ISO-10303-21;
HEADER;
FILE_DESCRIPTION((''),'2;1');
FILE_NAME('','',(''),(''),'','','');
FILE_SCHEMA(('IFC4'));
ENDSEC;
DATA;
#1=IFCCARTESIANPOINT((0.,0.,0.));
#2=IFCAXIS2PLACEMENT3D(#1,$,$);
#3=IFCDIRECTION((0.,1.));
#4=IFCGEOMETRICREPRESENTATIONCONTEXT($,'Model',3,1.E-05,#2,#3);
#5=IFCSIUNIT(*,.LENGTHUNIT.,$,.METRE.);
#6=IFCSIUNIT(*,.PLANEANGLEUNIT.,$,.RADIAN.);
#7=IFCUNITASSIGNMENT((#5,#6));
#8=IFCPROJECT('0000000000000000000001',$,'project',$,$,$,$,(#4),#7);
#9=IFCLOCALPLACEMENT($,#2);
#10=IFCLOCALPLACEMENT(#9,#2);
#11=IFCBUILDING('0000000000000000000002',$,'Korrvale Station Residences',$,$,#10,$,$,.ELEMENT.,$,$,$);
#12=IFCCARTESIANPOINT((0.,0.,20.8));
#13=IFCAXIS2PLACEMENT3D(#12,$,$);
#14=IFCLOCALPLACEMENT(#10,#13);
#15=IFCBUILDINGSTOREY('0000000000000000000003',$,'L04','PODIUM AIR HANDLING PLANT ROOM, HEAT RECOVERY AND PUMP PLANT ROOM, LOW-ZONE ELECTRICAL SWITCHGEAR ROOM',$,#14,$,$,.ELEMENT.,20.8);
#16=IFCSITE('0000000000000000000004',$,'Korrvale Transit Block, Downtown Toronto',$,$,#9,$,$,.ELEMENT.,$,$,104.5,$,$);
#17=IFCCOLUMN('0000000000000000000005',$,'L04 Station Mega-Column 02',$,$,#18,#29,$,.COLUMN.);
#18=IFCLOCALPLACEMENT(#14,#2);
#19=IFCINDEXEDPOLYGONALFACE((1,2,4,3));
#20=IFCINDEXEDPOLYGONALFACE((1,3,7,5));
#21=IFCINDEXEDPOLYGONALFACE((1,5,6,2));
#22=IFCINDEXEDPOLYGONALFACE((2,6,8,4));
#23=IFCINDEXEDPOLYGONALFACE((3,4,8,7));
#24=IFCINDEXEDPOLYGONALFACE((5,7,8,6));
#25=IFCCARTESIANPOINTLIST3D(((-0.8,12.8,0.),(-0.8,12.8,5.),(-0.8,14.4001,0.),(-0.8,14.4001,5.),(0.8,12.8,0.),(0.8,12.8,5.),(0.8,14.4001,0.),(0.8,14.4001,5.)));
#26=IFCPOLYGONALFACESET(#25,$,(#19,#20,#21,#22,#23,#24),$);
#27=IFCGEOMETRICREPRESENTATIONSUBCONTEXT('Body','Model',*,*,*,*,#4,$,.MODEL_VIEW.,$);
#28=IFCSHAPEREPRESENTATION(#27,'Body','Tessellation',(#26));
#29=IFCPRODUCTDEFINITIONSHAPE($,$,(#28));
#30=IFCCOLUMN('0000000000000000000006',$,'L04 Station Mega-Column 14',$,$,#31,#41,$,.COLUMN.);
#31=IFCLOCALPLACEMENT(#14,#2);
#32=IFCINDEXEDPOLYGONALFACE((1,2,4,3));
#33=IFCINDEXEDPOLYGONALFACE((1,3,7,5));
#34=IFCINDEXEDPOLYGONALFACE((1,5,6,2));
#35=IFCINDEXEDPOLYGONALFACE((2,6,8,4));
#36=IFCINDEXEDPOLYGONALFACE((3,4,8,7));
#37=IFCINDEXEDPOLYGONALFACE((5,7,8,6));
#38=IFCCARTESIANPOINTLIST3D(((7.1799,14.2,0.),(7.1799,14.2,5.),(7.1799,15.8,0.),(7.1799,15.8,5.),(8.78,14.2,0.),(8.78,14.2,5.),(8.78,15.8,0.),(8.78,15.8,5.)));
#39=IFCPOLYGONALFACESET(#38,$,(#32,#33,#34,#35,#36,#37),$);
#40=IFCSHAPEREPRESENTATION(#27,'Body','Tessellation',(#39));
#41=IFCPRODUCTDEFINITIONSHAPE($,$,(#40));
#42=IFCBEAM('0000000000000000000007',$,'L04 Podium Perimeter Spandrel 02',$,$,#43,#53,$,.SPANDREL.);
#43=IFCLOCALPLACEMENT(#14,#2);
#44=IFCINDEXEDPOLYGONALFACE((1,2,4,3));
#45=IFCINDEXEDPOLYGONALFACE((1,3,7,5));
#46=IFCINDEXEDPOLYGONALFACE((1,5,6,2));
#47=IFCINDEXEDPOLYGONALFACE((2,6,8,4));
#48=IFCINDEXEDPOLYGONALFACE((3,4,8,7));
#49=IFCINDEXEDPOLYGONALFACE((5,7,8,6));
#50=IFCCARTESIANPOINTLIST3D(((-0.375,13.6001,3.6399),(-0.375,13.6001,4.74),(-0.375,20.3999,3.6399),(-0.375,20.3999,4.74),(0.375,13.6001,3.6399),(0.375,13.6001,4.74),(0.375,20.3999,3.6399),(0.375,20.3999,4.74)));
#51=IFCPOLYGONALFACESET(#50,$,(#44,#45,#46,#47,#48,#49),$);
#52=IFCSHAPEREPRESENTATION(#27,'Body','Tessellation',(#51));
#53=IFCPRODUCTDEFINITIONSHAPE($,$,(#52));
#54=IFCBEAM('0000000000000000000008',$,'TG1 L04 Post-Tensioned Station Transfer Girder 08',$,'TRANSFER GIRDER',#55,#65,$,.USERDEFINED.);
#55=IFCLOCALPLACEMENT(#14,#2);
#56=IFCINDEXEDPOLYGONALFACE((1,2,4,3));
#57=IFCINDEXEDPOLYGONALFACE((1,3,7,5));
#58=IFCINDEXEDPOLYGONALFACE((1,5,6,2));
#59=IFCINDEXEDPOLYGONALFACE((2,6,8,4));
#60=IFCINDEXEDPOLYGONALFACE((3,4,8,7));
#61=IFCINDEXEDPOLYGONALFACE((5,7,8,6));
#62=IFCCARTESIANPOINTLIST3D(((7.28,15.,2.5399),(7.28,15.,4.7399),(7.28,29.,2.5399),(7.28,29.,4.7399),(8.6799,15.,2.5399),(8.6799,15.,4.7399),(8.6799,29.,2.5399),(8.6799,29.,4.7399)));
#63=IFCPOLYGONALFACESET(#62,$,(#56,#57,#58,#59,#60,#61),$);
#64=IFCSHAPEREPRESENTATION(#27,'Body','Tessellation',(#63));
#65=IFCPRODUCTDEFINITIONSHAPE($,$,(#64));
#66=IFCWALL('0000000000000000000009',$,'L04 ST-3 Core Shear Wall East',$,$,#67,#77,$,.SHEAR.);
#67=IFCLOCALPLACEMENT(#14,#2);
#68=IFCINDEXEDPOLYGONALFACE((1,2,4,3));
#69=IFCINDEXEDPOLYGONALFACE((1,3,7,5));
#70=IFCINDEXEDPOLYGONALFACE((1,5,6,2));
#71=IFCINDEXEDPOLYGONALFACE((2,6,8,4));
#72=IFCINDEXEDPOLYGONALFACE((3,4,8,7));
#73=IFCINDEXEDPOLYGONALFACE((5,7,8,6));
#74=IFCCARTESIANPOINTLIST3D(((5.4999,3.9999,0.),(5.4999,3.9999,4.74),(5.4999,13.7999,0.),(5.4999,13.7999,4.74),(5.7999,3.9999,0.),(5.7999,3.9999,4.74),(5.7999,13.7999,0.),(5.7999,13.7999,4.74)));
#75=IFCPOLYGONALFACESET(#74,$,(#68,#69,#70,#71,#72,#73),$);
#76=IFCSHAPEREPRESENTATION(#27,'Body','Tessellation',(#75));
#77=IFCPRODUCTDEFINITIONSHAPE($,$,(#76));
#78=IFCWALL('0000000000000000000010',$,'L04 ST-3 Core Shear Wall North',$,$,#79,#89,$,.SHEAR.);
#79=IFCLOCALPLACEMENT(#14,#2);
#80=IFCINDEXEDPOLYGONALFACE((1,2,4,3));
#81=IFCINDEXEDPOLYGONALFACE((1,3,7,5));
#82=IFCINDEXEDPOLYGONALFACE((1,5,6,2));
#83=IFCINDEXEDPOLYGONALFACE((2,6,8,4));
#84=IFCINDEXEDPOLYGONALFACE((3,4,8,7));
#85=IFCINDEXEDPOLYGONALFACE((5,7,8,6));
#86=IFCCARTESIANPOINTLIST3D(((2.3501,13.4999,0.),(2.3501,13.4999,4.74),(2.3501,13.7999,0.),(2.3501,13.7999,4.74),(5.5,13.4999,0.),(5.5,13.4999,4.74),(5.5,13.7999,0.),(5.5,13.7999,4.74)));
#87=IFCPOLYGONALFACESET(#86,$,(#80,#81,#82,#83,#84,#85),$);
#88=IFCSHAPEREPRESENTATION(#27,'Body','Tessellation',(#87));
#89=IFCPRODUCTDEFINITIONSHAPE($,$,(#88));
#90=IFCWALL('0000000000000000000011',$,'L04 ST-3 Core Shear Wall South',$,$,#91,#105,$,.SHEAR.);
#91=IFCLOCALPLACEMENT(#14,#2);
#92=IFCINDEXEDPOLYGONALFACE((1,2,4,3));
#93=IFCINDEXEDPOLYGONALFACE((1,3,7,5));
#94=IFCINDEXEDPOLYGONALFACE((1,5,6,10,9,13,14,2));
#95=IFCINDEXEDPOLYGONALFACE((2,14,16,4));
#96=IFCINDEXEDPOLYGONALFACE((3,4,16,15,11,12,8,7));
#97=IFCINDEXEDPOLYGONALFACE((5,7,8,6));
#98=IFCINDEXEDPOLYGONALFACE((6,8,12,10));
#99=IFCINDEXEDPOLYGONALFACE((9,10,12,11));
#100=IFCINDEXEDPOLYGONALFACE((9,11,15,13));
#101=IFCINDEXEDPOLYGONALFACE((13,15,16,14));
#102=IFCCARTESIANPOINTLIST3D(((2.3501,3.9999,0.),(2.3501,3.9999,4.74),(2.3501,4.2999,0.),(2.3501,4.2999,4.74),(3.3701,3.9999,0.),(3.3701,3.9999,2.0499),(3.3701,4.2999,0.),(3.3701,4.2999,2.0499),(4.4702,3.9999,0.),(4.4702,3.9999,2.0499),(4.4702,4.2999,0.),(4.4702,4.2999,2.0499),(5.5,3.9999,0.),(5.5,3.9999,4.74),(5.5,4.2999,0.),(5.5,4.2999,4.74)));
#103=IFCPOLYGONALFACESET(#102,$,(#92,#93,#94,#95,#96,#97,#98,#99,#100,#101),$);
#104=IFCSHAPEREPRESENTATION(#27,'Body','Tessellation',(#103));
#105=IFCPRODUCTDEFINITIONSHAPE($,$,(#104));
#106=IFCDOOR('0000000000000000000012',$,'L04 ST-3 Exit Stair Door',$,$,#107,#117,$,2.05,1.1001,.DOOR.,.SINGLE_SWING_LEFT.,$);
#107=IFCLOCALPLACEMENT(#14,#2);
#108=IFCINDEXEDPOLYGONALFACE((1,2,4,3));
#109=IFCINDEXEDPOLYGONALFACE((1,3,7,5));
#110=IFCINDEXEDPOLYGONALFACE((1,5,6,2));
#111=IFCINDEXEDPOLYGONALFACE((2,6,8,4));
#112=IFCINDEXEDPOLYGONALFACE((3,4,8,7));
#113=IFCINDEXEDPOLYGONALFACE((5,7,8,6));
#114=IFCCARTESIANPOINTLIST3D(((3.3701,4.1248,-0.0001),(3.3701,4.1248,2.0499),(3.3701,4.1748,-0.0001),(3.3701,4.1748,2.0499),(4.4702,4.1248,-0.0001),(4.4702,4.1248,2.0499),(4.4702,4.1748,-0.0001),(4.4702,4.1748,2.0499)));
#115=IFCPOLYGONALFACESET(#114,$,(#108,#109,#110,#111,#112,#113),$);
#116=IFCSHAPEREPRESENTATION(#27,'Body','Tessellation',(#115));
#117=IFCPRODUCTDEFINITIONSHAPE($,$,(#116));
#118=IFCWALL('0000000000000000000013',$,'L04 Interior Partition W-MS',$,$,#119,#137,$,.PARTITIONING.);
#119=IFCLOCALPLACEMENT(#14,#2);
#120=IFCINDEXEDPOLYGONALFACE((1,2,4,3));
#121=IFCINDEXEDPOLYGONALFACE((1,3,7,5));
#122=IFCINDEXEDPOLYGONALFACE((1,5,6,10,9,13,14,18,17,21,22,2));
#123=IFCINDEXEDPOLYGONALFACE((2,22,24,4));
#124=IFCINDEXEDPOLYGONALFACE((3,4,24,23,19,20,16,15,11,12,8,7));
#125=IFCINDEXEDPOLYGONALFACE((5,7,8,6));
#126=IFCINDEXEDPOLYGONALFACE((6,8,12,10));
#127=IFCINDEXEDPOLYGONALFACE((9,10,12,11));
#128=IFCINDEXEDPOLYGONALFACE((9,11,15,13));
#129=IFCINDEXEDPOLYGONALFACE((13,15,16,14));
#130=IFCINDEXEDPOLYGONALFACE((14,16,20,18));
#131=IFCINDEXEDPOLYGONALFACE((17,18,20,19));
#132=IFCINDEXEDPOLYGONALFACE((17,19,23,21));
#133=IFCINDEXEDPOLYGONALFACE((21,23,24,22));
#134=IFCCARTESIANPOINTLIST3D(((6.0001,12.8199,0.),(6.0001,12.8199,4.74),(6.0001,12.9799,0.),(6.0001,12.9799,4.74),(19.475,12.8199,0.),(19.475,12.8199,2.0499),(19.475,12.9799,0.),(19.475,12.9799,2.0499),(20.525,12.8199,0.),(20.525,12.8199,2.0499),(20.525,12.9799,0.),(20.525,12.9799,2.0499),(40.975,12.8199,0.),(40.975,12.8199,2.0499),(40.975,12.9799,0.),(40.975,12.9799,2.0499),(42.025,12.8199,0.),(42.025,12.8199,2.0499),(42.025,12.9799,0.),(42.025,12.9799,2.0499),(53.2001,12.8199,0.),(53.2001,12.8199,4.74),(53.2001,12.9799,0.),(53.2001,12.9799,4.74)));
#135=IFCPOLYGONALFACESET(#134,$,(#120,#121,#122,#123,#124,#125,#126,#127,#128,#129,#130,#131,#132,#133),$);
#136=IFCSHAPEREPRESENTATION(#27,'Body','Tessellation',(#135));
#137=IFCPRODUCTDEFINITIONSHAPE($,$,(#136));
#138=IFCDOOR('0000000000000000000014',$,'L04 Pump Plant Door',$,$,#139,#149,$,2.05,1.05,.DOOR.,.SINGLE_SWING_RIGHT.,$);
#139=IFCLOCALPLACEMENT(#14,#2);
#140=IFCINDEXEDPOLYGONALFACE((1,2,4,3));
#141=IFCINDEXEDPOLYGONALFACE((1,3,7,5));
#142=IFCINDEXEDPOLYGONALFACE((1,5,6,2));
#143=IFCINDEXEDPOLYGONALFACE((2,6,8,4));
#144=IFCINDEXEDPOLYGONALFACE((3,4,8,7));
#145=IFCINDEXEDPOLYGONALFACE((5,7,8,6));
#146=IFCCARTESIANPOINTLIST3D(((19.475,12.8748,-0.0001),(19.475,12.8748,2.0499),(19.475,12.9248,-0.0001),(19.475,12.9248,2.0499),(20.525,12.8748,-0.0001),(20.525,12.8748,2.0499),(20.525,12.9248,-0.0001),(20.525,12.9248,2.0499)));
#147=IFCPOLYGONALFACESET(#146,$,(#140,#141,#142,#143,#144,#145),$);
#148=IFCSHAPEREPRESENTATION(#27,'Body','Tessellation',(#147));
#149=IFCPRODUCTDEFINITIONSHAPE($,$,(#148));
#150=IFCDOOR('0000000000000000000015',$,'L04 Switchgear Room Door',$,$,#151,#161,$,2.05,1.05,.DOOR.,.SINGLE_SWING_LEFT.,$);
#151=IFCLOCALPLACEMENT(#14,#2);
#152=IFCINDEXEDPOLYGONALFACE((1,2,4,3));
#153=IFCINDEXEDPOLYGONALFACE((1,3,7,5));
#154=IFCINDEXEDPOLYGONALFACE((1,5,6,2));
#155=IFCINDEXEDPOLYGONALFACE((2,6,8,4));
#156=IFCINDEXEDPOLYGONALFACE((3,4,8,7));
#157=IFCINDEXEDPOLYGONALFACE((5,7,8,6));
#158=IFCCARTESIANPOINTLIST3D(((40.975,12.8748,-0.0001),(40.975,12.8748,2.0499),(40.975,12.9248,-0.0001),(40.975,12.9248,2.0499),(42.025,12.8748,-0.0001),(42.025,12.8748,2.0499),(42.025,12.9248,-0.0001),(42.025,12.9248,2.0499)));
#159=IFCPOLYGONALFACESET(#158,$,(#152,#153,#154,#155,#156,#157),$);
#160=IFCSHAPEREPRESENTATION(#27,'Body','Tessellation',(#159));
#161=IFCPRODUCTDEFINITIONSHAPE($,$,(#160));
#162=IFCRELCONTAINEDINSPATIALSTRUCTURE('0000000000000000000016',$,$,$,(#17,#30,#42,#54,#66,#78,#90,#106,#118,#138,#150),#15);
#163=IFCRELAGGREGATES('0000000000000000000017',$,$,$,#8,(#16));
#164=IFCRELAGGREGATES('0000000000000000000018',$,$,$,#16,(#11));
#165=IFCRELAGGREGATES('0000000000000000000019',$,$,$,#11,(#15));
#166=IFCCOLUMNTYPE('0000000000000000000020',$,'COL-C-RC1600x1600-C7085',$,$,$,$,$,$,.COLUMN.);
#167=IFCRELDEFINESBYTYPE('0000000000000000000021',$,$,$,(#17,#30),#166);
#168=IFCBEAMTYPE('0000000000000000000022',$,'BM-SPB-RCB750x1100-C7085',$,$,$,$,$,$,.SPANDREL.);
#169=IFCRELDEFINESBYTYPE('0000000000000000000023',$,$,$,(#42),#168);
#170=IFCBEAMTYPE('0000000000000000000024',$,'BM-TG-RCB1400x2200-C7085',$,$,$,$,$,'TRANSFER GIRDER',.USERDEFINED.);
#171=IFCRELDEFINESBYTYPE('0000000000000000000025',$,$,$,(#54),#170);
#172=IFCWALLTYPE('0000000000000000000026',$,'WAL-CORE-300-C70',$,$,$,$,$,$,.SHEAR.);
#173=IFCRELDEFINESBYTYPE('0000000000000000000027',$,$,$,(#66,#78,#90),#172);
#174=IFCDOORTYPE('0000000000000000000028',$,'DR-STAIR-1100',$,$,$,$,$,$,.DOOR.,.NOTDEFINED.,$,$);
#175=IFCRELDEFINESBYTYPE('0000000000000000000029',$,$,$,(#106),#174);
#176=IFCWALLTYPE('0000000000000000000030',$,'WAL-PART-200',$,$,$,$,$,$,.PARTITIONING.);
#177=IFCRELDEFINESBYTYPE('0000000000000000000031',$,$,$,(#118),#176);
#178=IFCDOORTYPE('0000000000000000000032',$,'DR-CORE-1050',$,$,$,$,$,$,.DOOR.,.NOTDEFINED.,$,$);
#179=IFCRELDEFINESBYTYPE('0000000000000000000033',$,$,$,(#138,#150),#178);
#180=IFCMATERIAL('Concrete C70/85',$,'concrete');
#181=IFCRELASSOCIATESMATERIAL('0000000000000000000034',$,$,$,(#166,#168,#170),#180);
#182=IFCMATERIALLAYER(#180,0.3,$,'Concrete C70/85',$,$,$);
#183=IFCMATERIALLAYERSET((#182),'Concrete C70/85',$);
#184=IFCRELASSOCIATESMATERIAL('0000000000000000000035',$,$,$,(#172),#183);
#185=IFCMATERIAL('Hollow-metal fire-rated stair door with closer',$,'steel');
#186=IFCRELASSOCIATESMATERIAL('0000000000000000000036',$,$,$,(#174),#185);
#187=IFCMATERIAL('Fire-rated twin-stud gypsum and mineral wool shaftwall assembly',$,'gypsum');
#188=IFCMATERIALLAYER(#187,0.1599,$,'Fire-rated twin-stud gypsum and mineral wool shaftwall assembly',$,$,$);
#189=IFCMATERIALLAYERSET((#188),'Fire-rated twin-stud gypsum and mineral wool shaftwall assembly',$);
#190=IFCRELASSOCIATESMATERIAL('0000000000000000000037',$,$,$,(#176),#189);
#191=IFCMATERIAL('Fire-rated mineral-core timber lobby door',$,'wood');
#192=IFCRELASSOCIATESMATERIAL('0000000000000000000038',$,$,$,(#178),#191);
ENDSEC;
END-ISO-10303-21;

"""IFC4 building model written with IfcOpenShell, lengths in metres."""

from ifc_helpers import new_model, si_unit, direction, frame, frame_2d, origin, origin_2d, place, context, subcontext, project, spatial, rectangle, extrude, material, layer, layer_set, material_profile, profile_set, type_object, element, fill, save


model = new_model("IFC4")

# Units and contexts
model_context = context("Model", 3, precision=1e-05, world=origin(), true_north=direction((0.0, 1.0)))
body_context = subcontext(model_context, "Body", "Model", "MODEL_VIEW")
ifc_project = project(units=[si_unit("LENGTHUNIT", "METRE"), si_unit("PLANEANGLEUNIT", "RADIAN")], contexts=[model_context])

# Site, building, storey
site_placement = place(None, origin())
site = spatial("IfcSite", under=ifc_project, at=site_placement, Name="Korrvale Transit Block, Downtown Toronto", CompositionType="ELEMENT", RefElevation=104.5)
building_placement = place(site_placement, origin())
building = spatial("IfcBuilding", under=site, at=building_placement, Name="Korrvale Station Residences", CompositionType="ELEMENT")
storey_placement = place(building_placement, frame((0.0, 0.0, 20.8)))
storey = spatial("IfcBuildingStorey", under=building, at=storey_placement, Name="L04", Description="PODIUM AIR HANDLING PLANT ROOM, HEAT RECOVERY AND PUMP PLANT ROOM, LOW-ZONE ELECTRICAL SWITCHGEAR ROOM", CompositionType="ELEMENT", Elevation=20.8)

# Columns
ifc_material_1 = material(Name="Concrete C70/85", Category="concrete")
ifc_material_profile_1 = material_profile(ifc_material_1, rectangle(XDim=1.6001, YDim=1.6001, at=origin_2d()), Name="RC1600x1600")
ifc_profile_set_1 = profile_set([ifc_material_profile_1], Name="Concrete C70/85")
column_type = type_object("IfcColumnType", Name="COL-C-RC1600x1600-C7085", PredefinedType="COLUMN", material=ifc_profile_set_1)
for number, where, z_axis, x_axis, name in (
    (1, (0.0, 13.6001, 0.0), (0.0, 0.0, 1.0), (1.0, 0.0, 0.0), "L04 Station Mega-Column 02"),
    (2, (7.98, 15.0, 0.0), (0.0, 0.0, 1.0), (1.0, 0.0, 0.0), "L04 Station Mega-Column 14"),
):
    element("IfcColumn", number, at=place(storey_placement, frame(where, z_axis=z_axis, x_axis=x_axis)), inside=storey, type_object=column_type, Name=name, PredefinedType="COLUMN", context=body_context, shape_type="SweptSolid", body=[
        extrude(rectangle(XDim=1.6001, YDim=1.6001, at=origin_2d()), origin(), (0.0, 0.0, 1.0), 5.0),
    ])

# Beams
ifc_material_profile_2 = material_profile(ifc_material_1, rectangle(XDim=0.75, YDim=1.1001, at=origin_2d()), Name="RCB750x1100")
ifc_profile_set_2 = profile_set([ifc_material_profile_2], Name="Concrete C70/85")
beam_type_1 = type_object("IfcBeamType", Name="BM-SPB-RCB750x1100-C7085", PredefinedType="SPANDREL", material=ifc_profile_set_2)
beam_1_placement = place(storey_placement, frame((0.0, 13.6001, 4.1899), z_axis=(0.0, 1.0, 0.0), x_axis=(-1.0, 0.0, 0.0)))
element("IfcBeam", 3, at=beam_1_placement, inside=storey, type_object=beam_type_1, Name="L04 Podium Perimeter Spandrel 02", PredefinedType="SPANDREL", context=body_context, shape_type="SweptSolid", body=[
    extrude(rectangle(XDim=0.75, YDim=1.1001, at=origin_2d()), origin(), (0.0, 0.0, 1.0), 6.7998),
])
ifc_material_profile_3 = material_profile(ifc_material_1, rectangle(XDim=1.3999, YDim=2.2, at=origin_2d()), Name="RCB1400x2200")
ifc_profile_set_3 = profile_set([ifc_material_profile_3], Name="Concrete C70/85")
beam_type_2 = type_object("IfcBeamType", Name="BM-TG-RCB1400x2200-C7085", ElementType="TRANSFER GIRDER", PredefinedType="USERDEFINED", material=ifc_profile_set_3)
beam_2_placement = place(storey_placement, frame((7.98, 15.0, 3.6399), z_axis=(0.0, 1.0, 0.0), x_axis=(-1.0, 0.0, 0.0)))
element("IfcBeam", 4, at=beam_2_placement, inside=storey, type_object=beam_type_2, Name="TG1 L04 Post-Tensioned Station Transfer Girder 08", ObjectType="TRANSFER GIRDER", PredefinedType="USERDEFINED", context=body_context, shape_type="SweptSolid", body=[
    extrude(rectangle(XDim=1.3999, YDim=2.2, at=origin_2d()), origin(), (0.0, 0.0, 1.0), 14.0),
])

# Walls
ifc_layer_1 = layer(ifc_material_1, 0.3, Name="Concrete C70/85")
ifc_layer_set_1 = layer_set([ifc_layer_1], Name="Concrete C70/85")
wall_type_1 = type_object("IfcWallType", Name="WAL-CORE-300-C70", PredefinedType="SHEAR", material=ifc_layer_set_1)
wall_1_placement = place(storey_placement, frame((5.6499, 4.0, 0.0), z_axis=(0.0, 0.0, 1.0), x_axis=(0.0, 1.0, 0.0)))
element("IfcWall", 5, at=wall_1_placement, inside=storey, type_object=wall_type_1, Name="L04 ST-3 Core Shear Wall East", PredefinedType="SHEAR", context=body_context, shape_type="SweptSolid", body=[
    extrude(rectangle(XDim=9.8, YDim=0.3, at=frame_2d((4.8999, 0.0))), origin(), (0.0, 0.0, 1.0), 4.74),
])
wall_2_placement = place(storey_placement, frame((2.3501, 13.6499, 0.0), z_axis=(0.0, 0.0, 1.0), x_axis=(1.0, 0.0, 0.0)))
element("IfcWall", 6, at=wall_2_placement, inside=storey, type_object=wall_type_1, Name="L04 ST-3 Core Shear Wall North", PredefinedType="SHEAR", context=body_context, shape_type="SweptSolid", body=[
    extrude(rectangle(XDim=3.1499, YDim=0.3, at=frame_2d((1.575, 0.0))), origin(), (0.0, 0.0, 1.0), 4.74),
])

# Wall, opening, door
wall_3_placement = place(storey_placement, frame((2.3501, 4.1499, 0.0), z_axis=(0.0, 0.0, 1.0), x_axis=(1.0, 0.0, 0.0)))
wall_3 = element("IfcWall", 7, at=wall_3_placement, inside=storey, type_object=wall_type_1, Name="L04 ST-3 Core Shear Wall South", PredefinedType="SHEAR", context=body_context, shape_type="SweptSolid", body=[
    extrude(rectangle(XDim=3.1499, YDim=0.3, at=frame_2d((1.575, 0.0))), origin(), (0.0, 0.0, 1.0), 4.74),
])
opening_1_placement = place(wall_3_placement, frame((1.02, 0.0, 0.0)))
opening_1 = element("IfcOpeningElement", 8, at=opening_1_placement, cuts=wall_3, PredefinedType="OPENING", context=body_context, shape_type="SweptSolid", body=[
    extrude(rectangle(XDim=1.1001, YDim=2.05, at=frame_2d((0.55, 1.0249))), frame((0.0, 0.1602, 0.0), z_axis=(0.0, -1.0, 0.0), x_axis=(1.0, 0.0, 0.0)), (0.0, 0.0, 1.0), 0.3201),
])
ifc_material_2 = material(Name="Hollow-metal fire-rated stair door with closer", Category="steel")
door_type_1 = type_object("IfcDoorType", Name="DR-STAIR-1100", OperationType="NOTDEFINED", PredefinedType="DOOR", material=ifc_material_2)
door_1_placement = place(opening_1_placement, origin())
door_1 = element("IfcDoor", 9, at=door_1_placement, inside=storey, type_object=door_type_1, Name="L04 ST-3 Exit Stair Door", OperationType="SINGLE_SWING_LEFT", OverallHeight=2.05, OverallWidth=1.1001, PredefinedType="DOOR", context=body_context, shape_type="SweptSolid", body=[
    extrude(rectangle(XDim=1.1001, YDim=2.05, at=frame_2d((0.55, 1.0249))), frame((0.0, 0.0249, 0.0), z_axis=(0.0, -1.0, 0.0), x_axis=(1.0, 0.0, 0.0)), (0.0, 0.0, 1.0), 0.05),
])
fill(opening_1, door_1)

# Wall, openings, doors
ifc_material_3 = material(Name="Fire-rated twin-stud gypsum and mineral wool shaftwall assembly", Category="gypsum")
ifc_layer_2 = layer(ifc_material_3, 0.1599, Name="Fire-rated twin-stud gypsum and mineral wool shaftwall assembly")
ifc_layer_set_2 = layer_set([ifc_layer_2], Name="Fire-rated twin-stud gypsum and mineral wool shaftwall assembly")
wall_type_2 = type_object("IfcWallType", Name="WAL-PART-200", PredefinedType="PARTITIONING", material=ifc_layer_set_2)
wall_4_placement = place(storey_placement, frame((6.0, 12.8999, 0.0), z_axis=(0.0, 0.0, 1.0), x_axis=(1.0, 0.0, 0.0)))
wall_4 = element("IfcWall", 10, at=wall_4_placement, inside=storey, type_object=wall_type_2, Name="L04 Interior Partition W-MS", PredefinedType="PARTITIONING", context=body_context, shape_type="SweptSolid", body=[
    extrude(rectangle(XDim=47.2, YDim=0.1599, at=frame_2d((23.6001, 0.0))), origin(), (0.0, 0.0, 1.0), 4.74),
])
opening_2_placement = place(wall_4_placement, frame((13.4751, 0.0, 0.0)))
opening_2 = element("IfcOpeningElement", 11, at=opening_2_placement, cuts=wall_4, PredefinedType="OPENING", context=body_context, shape_type="SweptSolid", body=[
    extrude(rectangle(XDim=1.05, YDim=2.05, at=frame_2d((0.5249, 1.0249))), frame((0.0, 0.0898, 0.0), z_axis=(0.0, -1.0, 0.0), x_axis=(1.0, 0.0, 0.0)), (0.0, 0.0, 1.0), 0.1799),
])
opening_3_placement = place(wall_4_placement, frame((34.9751, 0.0, 0.0)))
opening_3 = element("IfcOpeningElement", 12, at=opening_3_placement, cuts=wall_4, PredefinedType="OPENING", context=body_context, shape_type="SweptSolid", body=[
    extrude(rectangle(XDim=1.05, YDim=2.05, at=frame_2d((0.5249, 1.0249))), frame((0.0, 0.0898, 0.0), z_axis=(0.0, -1.0, 0.0), x_axis=(1.0, 0.0, 0.0)), (0.0, 0.0, 1.0), 0.1799),
])
ifc_material_4 = material(Name="Fire-rated mineral-core timber lobby door", Category="wood")
door_type_2 = type_object("IfcDoorType", Name="DR-CORE-1050", OperationType="NOTDEFINED", PredefinedType="DOOR", material=ifc_material_4)
door_2_placement = place(opening_2_placement, origin())
door_2 = element("IfcDoor", 13, at=door_2_placement, inside=storey, type_object=door_type_2, Name="L04 Pump Plant Door", OperationType="SINGLE_SWING_RIGHT", OverallHeight=2.05, OverallWidth=1.05, PredefinedType="DOOR", context=body_context, shape_type="SweptSolid", body=[
    extrude(rectangle(XDim=1.05, YDim=2.05, at=frame_2d((0.5249, 1.0249))), frame((0.0, 0.0249, 0.0), z_axis=(0.0, -1.0, 0.0), x_axis=(1.0, 0.0, 0.0)), (0.0, 0.0, 1.0), 0.05),
])
fill(opening_2, door_2)
door_3_placement = place(opening_3_placement, origin())
door_3 = element("IfcDoor", 14, at=door_3_placement, inside=storey, type_object=door_type_2, Name="L04 Switchgear Room Door", OperationType="SINGLE_SWING_LEFT", OverallHeight=2.05, OverallWidth=1.05, PredefinedType="DOOR", context=body_context, shape_type="SweptSolid", body=[
    extrude(rectangle(XDim=1.05, YDim=2.05, at=frame_2d((0.5249, 1.0249))), frame((0.0, 0.0249, 0.0), z_axis=(0.0, -1.0, 0.0), x_axis=(1.0, 0.0, 0.0)), (0.0, 0.0, 1.0), 0.05),
])
fill(opening_3, door_3)

save(model, "model.ifc")
